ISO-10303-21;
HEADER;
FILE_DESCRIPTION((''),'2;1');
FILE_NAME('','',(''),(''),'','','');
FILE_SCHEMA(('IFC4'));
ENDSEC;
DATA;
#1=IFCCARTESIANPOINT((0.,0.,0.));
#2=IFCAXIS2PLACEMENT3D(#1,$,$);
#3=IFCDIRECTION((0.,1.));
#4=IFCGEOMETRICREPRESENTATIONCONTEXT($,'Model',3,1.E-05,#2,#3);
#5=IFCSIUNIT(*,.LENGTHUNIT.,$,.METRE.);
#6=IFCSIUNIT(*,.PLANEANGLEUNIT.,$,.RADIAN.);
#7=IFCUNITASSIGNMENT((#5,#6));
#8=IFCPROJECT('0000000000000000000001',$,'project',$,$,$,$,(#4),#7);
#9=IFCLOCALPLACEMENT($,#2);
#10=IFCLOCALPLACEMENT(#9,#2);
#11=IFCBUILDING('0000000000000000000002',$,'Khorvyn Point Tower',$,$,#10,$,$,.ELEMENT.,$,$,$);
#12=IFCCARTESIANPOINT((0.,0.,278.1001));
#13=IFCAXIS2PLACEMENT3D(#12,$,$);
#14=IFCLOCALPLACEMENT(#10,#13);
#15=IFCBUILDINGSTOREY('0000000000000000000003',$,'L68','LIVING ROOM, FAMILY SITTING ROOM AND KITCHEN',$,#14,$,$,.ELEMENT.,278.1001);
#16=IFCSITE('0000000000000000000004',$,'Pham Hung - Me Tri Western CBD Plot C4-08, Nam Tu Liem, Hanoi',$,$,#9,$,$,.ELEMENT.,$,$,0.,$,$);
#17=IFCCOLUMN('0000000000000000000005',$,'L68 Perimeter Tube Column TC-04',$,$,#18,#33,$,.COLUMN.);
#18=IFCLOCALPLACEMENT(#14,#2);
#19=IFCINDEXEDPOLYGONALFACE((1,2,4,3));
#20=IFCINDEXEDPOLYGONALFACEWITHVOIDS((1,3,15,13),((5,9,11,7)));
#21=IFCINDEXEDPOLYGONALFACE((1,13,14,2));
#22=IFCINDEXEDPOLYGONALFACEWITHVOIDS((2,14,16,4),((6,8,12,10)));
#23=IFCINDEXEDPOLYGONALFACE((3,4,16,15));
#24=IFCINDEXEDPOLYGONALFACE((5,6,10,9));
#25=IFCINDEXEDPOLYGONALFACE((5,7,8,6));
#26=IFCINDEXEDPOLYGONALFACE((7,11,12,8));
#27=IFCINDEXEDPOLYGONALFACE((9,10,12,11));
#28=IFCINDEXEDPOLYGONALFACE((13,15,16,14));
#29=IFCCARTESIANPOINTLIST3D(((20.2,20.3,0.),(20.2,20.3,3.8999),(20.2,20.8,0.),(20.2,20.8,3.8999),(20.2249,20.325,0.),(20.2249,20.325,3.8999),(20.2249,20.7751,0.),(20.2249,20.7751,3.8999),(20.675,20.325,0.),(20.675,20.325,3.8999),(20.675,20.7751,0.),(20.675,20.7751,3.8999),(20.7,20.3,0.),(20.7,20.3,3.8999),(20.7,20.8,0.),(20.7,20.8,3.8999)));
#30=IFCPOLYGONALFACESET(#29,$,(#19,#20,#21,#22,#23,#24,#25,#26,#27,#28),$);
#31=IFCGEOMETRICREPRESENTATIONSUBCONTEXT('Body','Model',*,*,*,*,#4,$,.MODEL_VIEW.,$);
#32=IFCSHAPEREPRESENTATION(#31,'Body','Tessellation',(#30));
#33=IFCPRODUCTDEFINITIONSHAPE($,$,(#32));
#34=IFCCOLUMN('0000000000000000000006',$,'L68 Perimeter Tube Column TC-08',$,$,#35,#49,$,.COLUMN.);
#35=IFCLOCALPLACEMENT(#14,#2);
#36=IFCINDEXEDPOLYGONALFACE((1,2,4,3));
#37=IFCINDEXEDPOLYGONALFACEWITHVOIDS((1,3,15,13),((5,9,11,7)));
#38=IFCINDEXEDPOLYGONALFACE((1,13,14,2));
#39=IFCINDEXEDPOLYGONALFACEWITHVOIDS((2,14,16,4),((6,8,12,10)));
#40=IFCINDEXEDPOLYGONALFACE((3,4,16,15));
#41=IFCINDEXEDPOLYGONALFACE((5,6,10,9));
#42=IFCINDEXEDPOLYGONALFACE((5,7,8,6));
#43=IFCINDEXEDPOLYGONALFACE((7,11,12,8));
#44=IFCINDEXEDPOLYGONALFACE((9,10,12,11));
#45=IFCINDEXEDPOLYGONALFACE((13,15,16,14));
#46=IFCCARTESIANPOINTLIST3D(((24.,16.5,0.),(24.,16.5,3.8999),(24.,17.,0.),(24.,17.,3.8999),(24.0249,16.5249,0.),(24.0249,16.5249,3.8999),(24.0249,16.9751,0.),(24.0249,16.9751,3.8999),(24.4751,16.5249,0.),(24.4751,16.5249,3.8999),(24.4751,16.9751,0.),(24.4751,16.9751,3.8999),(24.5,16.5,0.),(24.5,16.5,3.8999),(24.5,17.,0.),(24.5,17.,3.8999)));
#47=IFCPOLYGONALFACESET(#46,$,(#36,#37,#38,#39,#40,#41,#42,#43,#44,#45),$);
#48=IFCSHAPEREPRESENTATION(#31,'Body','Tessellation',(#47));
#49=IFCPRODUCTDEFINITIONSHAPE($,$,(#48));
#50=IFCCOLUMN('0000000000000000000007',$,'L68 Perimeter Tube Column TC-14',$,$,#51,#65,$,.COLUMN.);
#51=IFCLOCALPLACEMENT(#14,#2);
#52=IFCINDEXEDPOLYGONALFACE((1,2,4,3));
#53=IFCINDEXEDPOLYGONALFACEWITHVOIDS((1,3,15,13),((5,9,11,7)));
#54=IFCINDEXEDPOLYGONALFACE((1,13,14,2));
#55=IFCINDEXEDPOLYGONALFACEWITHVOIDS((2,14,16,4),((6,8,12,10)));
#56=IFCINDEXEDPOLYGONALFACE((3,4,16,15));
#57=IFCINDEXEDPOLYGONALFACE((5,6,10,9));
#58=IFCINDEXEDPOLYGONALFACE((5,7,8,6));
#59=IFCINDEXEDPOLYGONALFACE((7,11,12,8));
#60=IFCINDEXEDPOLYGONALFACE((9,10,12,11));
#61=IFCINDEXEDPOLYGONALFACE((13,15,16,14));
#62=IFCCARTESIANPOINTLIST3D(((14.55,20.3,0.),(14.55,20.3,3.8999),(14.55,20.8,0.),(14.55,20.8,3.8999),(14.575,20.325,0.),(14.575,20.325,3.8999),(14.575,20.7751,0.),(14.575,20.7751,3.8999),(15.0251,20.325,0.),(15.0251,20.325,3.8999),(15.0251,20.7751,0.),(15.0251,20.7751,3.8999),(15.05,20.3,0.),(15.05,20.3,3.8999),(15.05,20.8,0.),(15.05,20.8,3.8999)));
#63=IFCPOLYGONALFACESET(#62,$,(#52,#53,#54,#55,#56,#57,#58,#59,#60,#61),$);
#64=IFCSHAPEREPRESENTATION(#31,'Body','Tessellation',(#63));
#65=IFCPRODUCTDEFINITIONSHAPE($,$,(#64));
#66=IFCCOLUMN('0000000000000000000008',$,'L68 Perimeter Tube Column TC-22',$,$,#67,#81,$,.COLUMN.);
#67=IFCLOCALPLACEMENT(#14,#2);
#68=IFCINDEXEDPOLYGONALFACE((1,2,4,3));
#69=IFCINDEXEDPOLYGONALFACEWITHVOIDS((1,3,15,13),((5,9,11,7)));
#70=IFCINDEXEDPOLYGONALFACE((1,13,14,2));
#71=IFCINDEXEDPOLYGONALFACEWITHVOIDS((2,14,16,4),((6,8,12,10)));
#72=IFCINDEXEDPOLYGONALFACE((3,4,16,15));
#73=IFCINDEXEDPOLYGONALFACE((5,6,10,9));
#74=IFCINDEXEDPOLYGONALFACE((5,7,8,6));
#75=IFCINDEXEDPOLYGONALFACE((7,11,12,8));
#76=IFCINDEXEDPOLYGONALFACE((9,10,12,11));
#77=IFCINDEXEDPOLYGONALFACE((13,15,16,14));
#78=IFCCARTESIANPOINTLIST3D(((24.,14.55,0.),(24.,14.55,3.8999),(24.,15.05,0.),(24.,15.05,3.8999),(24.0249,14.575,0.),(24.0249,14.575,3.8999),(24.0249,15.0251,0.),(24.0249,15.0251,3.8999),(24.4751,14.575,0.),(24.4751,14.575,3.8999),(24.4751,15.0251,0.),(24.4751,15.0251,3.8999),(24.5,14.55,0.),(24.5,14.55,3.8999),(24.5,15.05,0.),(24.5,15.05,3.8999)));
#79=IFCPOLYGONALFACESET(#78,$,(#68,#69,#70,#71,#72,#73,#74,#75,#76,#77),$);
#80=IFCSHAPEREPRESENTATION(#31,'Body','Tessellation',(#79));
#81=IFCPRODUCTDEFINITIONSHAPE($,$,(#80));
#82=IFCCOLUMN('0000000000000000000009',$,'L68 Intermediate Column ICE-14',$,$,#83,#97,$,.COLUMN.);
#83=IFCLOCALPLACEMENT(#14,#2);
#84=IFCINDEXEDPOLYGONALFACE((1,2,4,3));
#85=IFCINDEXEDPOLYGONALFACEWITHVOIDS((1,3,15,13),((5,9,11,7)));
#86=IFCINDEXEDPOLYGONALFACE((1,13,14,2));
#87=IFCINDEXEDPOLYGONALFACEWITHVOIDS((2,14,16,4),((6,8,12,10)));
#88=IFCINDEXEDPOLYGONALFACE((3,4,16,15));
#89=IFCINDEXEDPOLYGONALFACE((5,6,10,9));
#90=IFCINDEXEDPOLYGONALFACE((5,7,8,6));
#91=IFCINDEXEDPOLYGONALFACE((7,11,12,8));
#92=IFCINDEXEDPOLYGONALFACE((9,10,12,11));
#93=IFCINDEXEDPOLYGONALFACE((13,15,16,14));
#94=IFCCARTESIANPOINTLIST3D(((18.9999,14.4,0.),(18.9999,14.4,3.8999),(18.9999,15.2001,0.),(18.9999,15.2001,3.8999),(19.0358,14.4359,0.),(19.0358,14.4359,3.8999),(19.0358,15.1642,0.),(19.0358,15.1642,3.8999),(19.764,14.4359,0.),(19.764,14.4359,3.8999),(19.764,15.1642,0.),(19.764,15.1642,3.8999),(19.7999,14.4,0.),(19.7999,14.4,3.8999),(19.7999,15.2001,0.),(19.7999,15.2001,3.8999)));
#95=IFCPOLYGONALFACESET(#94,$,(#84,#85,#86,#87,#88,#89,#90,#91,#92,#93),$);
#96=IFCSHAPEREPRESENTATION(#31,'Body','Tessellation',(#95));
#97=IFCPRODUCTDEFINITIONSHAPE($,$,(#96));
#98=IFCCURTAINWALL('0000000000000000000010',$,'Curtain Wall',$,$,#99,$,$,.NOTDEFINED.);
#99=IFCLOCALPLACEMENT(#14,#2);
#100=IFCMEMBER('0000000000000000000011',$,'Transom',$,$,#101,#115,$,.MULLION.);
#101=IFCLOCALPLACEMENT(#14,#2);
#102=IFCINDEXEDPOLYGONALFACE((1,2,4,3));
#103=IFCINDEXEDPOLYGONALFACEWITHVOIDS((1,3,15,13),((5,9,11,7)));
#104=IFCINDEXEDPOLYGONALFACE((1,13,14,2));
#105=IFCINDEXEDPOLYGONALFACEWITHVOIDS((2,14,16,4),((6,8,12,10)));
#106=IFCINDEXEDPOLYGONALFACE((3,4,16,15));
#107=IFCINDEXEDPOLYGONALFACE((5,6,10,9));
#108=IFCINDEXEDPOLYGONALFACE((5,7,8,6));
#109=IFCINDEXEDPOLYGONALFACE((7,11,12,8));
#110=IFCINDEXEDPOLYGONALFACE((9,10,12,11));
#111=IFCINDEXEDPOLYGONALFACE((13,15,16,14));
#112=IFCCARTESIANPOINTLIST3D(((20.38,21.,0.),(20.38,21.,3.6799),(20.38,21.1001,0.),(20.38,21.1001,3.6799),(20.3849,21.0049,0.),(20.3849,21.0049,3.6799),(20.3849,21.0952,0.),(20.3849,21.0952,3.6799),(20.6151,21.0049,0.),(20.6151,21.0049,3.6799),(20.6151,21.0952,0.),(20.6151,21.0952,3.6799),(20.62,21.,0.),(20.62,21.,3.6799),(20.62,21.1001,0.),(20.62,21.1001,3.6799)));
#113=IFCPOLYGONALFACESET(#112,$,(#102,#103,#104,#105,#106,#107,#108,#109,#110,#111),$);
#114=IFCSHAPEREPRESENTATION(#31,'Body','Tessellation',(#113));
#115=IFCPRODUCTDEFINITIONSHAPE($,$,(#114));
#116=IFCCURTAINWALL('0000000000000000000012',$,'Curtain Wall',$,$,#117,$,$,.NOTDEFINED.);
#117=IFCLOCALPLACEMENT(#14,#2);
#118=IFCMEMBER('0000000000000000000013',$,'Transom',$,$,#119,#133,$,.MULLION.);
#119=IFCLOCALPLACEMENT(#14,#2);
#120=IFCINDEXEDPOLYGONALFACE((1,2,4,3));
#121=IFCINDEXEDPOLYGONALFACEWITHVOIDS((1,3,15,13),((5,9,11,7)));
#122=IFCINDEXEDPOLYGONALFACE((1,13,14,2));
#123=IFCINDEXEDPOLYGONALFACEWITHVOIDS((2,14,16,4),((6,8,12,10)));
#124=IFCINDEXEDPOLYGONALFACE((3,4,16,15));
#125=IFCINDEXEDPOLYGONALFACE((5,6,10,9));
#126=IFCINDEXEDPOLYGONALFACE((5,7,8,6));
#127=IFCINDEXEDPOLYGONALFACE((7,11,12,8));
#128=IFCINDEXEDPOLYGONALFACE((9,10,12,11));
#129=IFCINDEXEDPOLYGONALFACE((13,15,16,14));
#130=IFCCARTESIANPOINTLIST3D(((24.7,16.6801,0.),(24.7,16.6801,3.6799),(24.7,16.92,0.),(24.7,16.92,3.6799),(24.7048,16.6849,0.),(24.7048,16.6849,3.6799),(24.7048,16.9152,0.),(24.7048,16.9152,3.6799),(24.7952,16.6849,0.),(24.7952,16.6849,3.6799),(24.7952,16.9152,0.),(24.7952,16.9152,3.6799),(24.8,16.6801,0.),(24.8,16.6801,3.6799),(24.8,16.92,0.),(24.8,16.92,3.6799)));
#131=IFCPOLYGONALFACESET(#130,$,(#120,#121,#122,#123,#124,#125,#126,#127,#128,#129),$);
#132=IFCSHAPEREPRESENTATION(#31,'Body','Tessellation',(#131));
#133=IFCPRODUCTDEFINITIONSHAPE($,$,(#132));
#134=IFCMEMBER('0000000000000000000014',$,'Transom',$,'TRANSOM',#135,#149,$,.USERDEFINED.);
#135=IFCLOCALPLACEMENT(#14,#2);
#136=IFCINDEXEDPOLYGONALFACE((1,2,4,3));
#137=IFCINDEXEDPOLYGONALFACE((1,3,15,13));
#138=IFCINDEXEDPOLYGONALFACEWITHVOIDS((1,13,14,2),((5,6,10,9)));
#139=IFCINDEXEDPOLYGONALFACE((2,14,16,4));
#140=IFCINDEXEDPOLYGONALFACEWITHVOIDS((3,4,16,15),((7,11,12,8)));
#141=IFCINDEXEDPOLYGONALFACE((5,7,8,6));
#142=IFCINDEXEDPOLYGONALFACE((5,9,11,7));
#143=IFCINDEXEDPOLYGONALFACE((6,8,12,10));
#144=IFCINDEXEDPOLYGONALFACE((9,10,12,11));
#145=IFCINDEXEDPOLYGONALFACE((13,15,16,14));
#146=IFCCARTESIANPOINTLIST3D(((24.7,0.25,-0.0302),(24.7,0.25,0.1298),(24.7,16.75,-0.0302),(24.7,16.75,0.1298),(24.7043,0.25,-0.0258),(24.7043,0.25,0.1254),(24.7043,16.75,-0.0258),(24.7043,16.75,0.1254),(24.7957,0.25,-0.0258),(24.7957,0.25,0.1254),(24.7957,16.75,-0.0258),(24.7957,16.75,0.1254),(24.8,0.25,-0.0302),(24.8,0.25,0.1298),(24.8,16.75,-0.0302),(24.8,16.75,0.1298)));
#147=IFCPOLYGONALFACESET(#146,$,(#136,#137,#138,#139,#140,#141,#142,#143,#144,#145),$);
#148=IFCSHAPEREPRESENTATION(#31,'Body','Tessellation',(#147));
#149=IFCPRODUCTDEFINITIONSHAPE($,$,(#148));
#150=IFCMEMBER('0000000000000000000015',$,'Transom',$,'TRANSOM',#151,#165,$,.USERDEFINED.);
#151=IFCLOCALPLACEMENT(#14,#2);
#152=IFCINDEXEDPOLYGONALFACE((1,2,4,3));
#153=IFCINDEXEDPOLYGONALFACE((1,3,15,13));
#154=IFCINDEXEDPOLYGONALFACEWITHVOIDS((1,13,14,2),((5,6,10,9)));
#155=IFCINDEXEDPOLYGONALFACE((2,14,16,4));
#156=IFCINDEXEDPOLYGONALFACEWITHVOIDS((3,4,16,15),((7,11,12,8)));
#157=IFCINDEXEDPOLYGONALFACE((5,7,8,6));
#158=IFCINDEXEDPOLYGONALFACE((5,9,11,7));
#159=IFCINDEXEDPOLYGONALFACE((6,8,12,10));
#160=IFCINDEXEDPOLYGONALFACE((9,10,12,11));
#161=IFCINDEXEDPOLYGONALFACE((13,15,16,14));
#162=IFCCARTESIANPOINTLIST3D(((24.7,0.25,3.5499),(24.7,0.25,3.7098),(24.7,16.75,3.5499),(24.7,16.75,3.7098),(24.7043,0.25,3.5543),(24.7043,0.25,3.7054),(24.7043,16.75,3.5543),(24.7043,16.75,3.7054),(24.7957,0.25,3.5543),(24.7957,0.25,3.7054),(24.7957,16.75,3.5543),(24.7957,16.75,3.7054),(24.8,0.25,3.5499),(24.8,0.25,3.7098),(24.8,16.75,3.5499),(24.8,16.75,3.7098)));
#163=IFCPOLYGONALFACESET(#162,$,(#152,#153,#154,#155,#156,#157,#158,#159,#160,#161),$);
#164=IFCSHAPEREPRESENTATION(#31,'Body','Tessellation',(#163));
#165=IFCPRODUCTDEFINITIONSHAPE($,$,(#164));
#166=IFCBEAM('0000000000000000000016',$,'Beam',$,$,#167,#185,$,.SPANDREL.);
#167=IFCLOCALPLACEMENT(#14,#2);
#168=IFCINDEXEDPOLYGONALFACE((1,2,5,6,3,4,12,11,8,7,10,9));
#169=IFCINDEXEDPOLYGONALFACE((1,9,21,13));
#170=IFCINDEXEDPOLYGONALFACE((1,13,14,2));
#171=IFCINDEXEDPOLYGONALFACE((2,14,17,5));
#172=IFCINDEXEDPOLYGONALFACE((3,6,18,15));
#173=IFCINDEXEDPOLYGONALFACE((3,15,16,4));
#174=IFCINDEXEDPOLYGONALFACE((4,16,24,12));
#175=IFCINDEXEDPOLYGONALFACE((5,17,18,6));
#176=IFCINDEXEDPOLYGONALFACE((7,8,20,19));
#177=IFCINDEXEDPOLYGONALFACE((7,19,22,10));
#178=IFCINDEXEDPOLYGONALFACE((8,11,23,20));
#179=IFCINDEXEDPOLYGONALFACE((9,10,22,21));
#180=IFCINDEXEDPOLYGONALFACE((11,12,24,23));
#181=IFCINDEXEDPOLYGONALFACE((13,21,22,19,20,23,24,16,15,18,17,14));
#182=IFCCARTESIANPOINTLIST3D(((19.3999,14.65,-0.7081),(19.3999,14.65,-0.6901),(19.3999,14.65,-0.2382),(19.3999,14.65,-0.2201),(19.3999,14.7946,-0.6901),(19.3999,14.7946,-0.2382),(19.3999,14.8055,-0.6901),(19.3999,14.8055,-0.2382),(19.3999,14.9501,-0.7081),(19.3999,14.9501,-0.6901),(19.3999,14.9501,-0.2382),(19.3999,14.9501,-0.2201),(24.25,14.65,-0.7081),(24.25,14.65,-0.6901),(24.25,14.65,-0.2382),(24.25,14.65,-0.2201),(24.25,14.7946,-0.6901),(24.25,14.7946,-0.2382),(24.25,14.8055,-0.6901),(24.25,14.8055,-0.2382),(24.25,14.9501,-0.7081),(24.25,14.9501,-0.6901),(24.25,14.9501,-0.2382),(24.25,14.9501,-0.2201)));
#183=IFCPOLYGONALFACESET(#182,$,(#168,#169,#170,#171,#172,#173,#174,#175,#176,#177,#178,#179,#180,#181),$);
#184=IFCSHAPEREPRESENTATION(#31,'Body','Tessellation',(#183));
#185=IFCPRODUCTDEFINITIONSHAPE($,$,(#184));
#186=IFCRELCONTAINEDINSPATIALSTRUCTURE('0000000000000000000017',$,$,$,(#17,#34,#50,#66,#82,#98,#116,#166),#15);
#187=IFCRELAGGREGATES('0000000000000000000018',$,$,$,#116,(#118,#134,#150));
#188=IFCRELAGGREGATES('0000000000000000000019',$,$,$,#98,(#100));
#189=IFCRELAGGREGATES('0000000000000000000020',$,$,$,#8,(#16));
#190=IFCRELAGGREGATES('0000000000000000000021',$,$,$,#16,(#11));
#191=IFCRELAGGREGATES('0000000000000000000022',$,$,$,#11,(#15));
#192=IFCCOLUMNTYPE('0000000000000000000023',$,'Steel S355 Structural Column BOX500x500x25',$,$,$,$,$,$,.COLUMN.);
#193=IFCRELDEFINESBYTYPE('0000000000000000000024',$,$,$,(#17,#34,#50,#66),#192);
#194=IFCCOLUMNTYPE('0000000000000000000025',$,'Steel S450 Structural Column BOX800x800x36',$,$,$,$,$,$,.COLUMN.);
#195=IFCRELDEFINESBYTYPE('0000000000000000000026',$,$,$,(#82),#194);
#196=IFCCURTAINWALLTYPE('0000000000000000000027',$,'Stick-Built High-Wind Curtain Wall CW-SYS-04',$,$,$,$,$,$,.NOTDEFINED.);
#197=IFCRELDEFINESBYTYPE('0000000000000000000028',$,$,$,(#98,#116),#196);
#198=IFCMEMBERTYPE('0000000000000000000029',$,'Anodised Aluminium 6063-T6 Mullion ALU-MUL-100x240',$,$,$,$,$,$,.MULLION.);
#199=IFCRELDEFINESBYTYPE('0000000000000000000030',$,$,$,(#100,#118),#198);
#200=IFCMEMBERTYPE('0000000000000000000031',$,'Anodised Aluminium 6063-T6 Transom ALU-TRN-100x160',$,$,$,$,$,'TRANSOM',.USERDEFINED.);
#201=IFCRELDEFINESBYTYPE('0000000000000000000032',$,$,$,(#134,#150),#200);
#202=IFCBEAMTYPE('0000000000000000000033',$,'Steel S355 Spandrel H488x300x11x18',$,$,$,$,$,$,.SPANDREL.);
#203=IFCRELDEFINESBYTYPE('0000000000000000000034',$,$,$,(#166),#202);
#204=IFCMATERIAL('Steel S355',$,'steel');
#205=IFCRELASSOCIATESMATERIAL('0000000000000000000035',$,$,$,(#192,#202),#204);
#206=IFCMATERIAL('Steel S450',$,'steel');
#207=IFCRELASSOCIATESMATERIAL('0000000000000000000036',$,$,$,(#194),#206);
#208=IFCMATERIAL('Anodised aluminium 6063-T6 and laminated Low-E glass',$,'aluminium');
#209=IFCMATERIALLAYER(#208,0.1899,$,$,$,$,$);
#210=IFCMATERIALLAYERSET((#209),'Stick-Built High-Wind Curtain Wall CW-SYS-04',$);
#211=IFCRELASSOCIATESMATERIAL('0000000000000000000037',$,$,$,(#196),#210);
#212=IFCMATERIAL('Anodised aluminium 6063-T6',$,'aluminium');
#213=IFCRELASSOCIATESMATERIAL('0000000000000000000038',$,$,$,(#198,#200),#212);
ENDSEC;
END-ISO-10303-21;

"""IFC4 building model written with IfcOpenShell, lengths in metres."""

from ifc_helpers import new_model, si_unit, direction, frame, origin, origin_2d, place, context, subcontext, project, spatial, hollow_rectangle, i_section, extrude, material, layer, layer_set, material_profile, profile_set, type_object, element, aggregate, save


model = new_model("IFC4")

# Units and contexts
model_context = context("Model", 3, precision=1e-05, world=origin(), true_north=direction((0.0, 1.0)))
body_context = subcontext(model_context, "Body", "Model", "MODEL_VIEW")
ifc_project = project(units=[si_unit("LENGTHUNIT", "METRE"), si_unit("PLANEANGLEUNIT", "RADIAN")], contexts=[model_context])

# Site, building, storey
site_placement = place(None, origin())
site = spatial("IfcSite", under=ifc_project, at=site_placement, Name="Pham Hung - Me Tri Western CBD Plot C4-08, Nam Tu Liem, Hanoi", CompositionType="ELEMENT", RefElevation=0.0)
building_placement = place(site_placement, origin())
building = spatial("IfcBuilding", under=site, at=building_placement, Name="Khorvyn Point Tower", CompositionType="ELEMENT")
storey_placement = place(building_placement, frame((0.0, 0.0, 278.1001)))
storey = spatial("IfcBuildingStorey", under=building, at=storey_placement, Name="L68", Description="LIVING ROOM, FAMILY SITTING ROOM AND KITCHEN", CompositionType="ELEMENT", Elevation=278.1001)

# Columns
ifc_material_1 = material(Name="Steel S355", Category="steel")
ifc_material_profile_1 = material_profile(ifc_material_1, hollow_rectangle(XDim=0.5, YDim=0.5, WallThickness=0.0249, at=origin_2d()))
ifc_profile_set_1 = profile_set([ifc_material_profile_1], Name="Steel S355 BOX500x500x25")
column_type_1 = type_object("IfcColumnType", Name="Steel S355 Structural Column BOX500x500x25", PredefinedType="COLUMN", material=ifc_profile_set_1)
for number, where, z_axis, x_axis, name in (
    (1, (20.45, 20.55, 0.0), (0.0, 0.0, 1.0), (1.0, 0.0, 0.0), "L68 Perimeter Tube Column TC-04"),
    (2, (24.25, 16.75, 0.0), (0.0, 0.0, 1.0), (1.0, 0.0, 0.0), "L68 Perimeter Tube Column TC-08"),
    (3, (14.8, 20.55, 0.0), (0.0, 0.0, 1.0), (1.0, 0.0, 0.0), "L68 Perimeter Tube Column TC-14"),
    (4, (24.25, 14.8, 0.0), (0.0, 0.0, 1.0), (1.0, 0.0, 0.0), "L68 Perimeter Tube Column TC-22"),
):
    element("IfcColumn", number, at=place(storey_placement, frame(where, z_axis=z_axis, x_axis=x_axis)), inside=storey, type_object=column_type_1, Name=name, PredefinedType="COLUMN", context=body_context, shape_type="SweptSolid", body=[
        extrude(hollow_rectangle(XDim=0.5, YDim=0.5, WallThickness=0.0249, at=origin_2d()), origin(), (0.0, 0.0, 1.0), 3.8999),
    ])
ifc_material_2 = material(Name="Steel S450", Category="steel")
ifc_material_profile_2 = material_profile(ifc_material_2, hollow_rectangle(XDim=0.8, YDim=0.8, WallThickness=0.0359, at=origin_2d()))
ifc_profile_set_2 = profile_set([ifc_material_profile_2], Name="Steel S450 BOX800x800x36")
column_type_2 = type_object("IfcColumnType", Name="Steel S450 Structural Column BOX800x800x36", PredefinedType="COLUMN", material=ifc_profile_set_2)
column_placement = place(storey_placement, frame((19.3999, 14.8, 0.0), z_axis=(0.0, 0.0, 1.0), x_axis=(1.0, 0.0, 0.0)))
element("IfcColumn", 5, at=column_placement, inside=storey, type_object=column_type_2, Name="L68 Intermediate Column ICE-14", PredefinedType="COLUMN", context=body_context, shape_type="SweptSolid", body=[
    extrude(hollow_rectangle(XDim=0.8, YDim=0.8, WallThickness=0.0359, at=origin_2d()), origin(), (0.0, 0.0, 1.0), 3.8999),
])

# Curtain wall, member
ifc_material_3 = material(Name="Anodised aluminium 6063-T6 and laminated Low-E glass", Category="aluminium")
ifc_layer_1 = layer(ifc_material_3, 0.1899)
ifc_layer_set_1 = layer_set([ifc_layer_1], Name="Stick-Built High-Wind Curtain Wall CW-SYS-04")
curtain_wall_type = type_object("IfcCurtainWallType", Name="Stick-Built High-Wind Curtain Wall CW-SYS-04", PredefinedType="NOTDEFINED", material=ifc_layer_set_1)
curtain_wall_1_placement = place(storey_placement, origin())
curtain_wall_1 = element("IfcCurtainWall", 6, at=curtain_wall_1_placement, inside=storey, type_object=curtain_wall_type, Name="Curtain Wall", PredefinedType="NOTDEFINED")
ifc_material_4 = material(Name="Anodised aluminium 6063-T6", Category="aluminium")
ifc_material_profile_3 = material_profile(ifc_material_4, hollow_rectangle(XDim=0.1001, YDim=0.24, WallThickness=0.0049, at=origin_2d()))
ifc_profile_set_3 = profile_set([ifc_material_profile_3], Name="Anodised aluminium 6063-T6 ALU-MUL-100x240")
member_type_1 = type_object("IfcMemberType", Name="Anodised Aluminium 6063-T6 Mullion ALU-MUL-100x240", PredefinedType="MULLION", material=ifc_profile_set_3)
member_1_placement = place(storey_placement, frame((20.5, 21.05, 0.0), z_axis=(0.0, 0.0, 1.0), x_axis=(0.0, 1.0, 0.0)))
member_1 = element("IfcMember", 7, at=member_1_placement, type_object=member_type_1, Name="Transom", PredefinedType="MULLION", context=body_context, shape_type="SweptSolid", body=[
    extrude(hollow_rectangle(XDim=0.1001, YDim=0.24, WallThickness=0.0049, at=origin_2d()), origin(), (0.0, 0.0, 1.0), 3.6799),
])

# Curtain wall, members
curtain_wall_2_placement = place(storey_placement, origin())
curtain_wall_2 = element("IfcCurtainWall", 8, at=curtain_wall_2_placement, inside=storey, type_object=curtain_wall_type, Name="Curtain Wall", PredefinedType="NOTDEFINED")
member_2_placement = place(storey_placement, frame((24.75, 16.8, 0.0), z_axis=(0.0, 0.0, 1.0), x_axis=(1.0, 0.0, 0.0)))
member_2 = element("IfcMember", 9, at=member_2_placement, type_object=member_type_1, Name="Transom", PredefinedType="MULLION", context=body_context, shape_type="SweptSolid", body=[
    extrude(hollow_rectangle(XDim=0.1001, YDim=0.24, WallThickness=0.0049, at=origin_2d()), origin(), (0.0, 0.0, 1.0), 3.6799),
])
ifc_material_profile_4 = material_profile(ifc_material_4, hollow_rectangle(XDim=0.1001, YDim=0.1599, WallThickness=0.0044, at=origin_2d()))
ifc_profile_set_4 = profile_set([ifc_material_profile_4], Name="Anodised aluminium 6063-T6 ALU-TRN-100x160")
member_type_2 = type_object("IfcMemberType", Name="Anodised Aluminium 6063-T6 Transom ALU-TRN-100x160", ElementType="TRANSOM", PredefinedType="USERDEFINED", material=ifc_profile_set_4)
member_3_placement = place(storey_placement, frame((24.75, 16.75, 0.0498), z_axis=(0.0, -1.0, 0.0), x_axis=(1.0, 0.0, 0.0)))
member_3 = element("IfcMember", 10, at=member_3_placement, type_object=member_type_2, Name="Transom", ObjectType="TRANSOM", PredefinedType="USERDEFINED", context=body_context, shape_type="SweptSolid", body=[
    extrude(hollow_rectangle(XDim=0.1001, YDim=0.1599, WallThickness=0.0044, at=origin_2d()), origin(), (0.0, 0.0, 1.0), 16.5),
])
member_4_placement = place(storey_placement, frame((24.75, 16.75, 3.6299), z_axis=(0.0, -1.0, 0.0), x_axis=(1.0, 0.0, 0.0)))
member_4 = element("IfcMember", 11, at=member_4_placement, type_object=member_type_2, Name="Transom", ObjectType="TRANSOM", PredefinedType="USERDEFINED", context=body_context, shape_type="SweptSolid", body=[
    extrude(hollow_rectangle(XDim=0.1001, YDim=0.1599, WallThickness=0.0044, at=origin_2d()), origin(), (0.0, 0.0, 1.0), 16.5),
])
aggregate(curtain_wall_2, [member_2, member_3, member_4])

# Beam
ifc_material_profile_5 = material_profile(ifc_material_1, i_section(OverallWidth=0.3, OverallDepth=0.488, WebThickness=0.011, FlangeThickness=0.0181, at=origin_2d()))
ifc_profile_set_5 = profile_set([ifc_material_profile_5], Name="Steel S355 H488x300x11x18")
beam_type_1 = type_object("IfcBeamType", Name="Steel S355 Spandrel H488x300x11x18", PredefinedType="SPANDREL", material=ifc_profile_set_5)
beam_1_placement = place(storey_placement, frame((19.3999, 14.8, -0.4641), z_axis=(1.0, 0.0, 0.0), x_axis=(0.0, 1.0, 0.0)))
element("IfcBeam", 12, at=beam_1_placement, inside=storey, type_object=beam_type_1, Name="Beam", PredefinedType="SPANDREL", context=body_context, shape_type="SweptSolid", body=[
    extrude(i_section(OverallWidth=0.3, OverallDepth=0.488, WebThickness=0.011, FlangeThickness=0.0181, at=origin_2d()), origin(), (0.0, 0.0, 1.0), 4.8501),
])

aggregate(curtain_wall_1, [member_1])

save(model, "model.ifc")
